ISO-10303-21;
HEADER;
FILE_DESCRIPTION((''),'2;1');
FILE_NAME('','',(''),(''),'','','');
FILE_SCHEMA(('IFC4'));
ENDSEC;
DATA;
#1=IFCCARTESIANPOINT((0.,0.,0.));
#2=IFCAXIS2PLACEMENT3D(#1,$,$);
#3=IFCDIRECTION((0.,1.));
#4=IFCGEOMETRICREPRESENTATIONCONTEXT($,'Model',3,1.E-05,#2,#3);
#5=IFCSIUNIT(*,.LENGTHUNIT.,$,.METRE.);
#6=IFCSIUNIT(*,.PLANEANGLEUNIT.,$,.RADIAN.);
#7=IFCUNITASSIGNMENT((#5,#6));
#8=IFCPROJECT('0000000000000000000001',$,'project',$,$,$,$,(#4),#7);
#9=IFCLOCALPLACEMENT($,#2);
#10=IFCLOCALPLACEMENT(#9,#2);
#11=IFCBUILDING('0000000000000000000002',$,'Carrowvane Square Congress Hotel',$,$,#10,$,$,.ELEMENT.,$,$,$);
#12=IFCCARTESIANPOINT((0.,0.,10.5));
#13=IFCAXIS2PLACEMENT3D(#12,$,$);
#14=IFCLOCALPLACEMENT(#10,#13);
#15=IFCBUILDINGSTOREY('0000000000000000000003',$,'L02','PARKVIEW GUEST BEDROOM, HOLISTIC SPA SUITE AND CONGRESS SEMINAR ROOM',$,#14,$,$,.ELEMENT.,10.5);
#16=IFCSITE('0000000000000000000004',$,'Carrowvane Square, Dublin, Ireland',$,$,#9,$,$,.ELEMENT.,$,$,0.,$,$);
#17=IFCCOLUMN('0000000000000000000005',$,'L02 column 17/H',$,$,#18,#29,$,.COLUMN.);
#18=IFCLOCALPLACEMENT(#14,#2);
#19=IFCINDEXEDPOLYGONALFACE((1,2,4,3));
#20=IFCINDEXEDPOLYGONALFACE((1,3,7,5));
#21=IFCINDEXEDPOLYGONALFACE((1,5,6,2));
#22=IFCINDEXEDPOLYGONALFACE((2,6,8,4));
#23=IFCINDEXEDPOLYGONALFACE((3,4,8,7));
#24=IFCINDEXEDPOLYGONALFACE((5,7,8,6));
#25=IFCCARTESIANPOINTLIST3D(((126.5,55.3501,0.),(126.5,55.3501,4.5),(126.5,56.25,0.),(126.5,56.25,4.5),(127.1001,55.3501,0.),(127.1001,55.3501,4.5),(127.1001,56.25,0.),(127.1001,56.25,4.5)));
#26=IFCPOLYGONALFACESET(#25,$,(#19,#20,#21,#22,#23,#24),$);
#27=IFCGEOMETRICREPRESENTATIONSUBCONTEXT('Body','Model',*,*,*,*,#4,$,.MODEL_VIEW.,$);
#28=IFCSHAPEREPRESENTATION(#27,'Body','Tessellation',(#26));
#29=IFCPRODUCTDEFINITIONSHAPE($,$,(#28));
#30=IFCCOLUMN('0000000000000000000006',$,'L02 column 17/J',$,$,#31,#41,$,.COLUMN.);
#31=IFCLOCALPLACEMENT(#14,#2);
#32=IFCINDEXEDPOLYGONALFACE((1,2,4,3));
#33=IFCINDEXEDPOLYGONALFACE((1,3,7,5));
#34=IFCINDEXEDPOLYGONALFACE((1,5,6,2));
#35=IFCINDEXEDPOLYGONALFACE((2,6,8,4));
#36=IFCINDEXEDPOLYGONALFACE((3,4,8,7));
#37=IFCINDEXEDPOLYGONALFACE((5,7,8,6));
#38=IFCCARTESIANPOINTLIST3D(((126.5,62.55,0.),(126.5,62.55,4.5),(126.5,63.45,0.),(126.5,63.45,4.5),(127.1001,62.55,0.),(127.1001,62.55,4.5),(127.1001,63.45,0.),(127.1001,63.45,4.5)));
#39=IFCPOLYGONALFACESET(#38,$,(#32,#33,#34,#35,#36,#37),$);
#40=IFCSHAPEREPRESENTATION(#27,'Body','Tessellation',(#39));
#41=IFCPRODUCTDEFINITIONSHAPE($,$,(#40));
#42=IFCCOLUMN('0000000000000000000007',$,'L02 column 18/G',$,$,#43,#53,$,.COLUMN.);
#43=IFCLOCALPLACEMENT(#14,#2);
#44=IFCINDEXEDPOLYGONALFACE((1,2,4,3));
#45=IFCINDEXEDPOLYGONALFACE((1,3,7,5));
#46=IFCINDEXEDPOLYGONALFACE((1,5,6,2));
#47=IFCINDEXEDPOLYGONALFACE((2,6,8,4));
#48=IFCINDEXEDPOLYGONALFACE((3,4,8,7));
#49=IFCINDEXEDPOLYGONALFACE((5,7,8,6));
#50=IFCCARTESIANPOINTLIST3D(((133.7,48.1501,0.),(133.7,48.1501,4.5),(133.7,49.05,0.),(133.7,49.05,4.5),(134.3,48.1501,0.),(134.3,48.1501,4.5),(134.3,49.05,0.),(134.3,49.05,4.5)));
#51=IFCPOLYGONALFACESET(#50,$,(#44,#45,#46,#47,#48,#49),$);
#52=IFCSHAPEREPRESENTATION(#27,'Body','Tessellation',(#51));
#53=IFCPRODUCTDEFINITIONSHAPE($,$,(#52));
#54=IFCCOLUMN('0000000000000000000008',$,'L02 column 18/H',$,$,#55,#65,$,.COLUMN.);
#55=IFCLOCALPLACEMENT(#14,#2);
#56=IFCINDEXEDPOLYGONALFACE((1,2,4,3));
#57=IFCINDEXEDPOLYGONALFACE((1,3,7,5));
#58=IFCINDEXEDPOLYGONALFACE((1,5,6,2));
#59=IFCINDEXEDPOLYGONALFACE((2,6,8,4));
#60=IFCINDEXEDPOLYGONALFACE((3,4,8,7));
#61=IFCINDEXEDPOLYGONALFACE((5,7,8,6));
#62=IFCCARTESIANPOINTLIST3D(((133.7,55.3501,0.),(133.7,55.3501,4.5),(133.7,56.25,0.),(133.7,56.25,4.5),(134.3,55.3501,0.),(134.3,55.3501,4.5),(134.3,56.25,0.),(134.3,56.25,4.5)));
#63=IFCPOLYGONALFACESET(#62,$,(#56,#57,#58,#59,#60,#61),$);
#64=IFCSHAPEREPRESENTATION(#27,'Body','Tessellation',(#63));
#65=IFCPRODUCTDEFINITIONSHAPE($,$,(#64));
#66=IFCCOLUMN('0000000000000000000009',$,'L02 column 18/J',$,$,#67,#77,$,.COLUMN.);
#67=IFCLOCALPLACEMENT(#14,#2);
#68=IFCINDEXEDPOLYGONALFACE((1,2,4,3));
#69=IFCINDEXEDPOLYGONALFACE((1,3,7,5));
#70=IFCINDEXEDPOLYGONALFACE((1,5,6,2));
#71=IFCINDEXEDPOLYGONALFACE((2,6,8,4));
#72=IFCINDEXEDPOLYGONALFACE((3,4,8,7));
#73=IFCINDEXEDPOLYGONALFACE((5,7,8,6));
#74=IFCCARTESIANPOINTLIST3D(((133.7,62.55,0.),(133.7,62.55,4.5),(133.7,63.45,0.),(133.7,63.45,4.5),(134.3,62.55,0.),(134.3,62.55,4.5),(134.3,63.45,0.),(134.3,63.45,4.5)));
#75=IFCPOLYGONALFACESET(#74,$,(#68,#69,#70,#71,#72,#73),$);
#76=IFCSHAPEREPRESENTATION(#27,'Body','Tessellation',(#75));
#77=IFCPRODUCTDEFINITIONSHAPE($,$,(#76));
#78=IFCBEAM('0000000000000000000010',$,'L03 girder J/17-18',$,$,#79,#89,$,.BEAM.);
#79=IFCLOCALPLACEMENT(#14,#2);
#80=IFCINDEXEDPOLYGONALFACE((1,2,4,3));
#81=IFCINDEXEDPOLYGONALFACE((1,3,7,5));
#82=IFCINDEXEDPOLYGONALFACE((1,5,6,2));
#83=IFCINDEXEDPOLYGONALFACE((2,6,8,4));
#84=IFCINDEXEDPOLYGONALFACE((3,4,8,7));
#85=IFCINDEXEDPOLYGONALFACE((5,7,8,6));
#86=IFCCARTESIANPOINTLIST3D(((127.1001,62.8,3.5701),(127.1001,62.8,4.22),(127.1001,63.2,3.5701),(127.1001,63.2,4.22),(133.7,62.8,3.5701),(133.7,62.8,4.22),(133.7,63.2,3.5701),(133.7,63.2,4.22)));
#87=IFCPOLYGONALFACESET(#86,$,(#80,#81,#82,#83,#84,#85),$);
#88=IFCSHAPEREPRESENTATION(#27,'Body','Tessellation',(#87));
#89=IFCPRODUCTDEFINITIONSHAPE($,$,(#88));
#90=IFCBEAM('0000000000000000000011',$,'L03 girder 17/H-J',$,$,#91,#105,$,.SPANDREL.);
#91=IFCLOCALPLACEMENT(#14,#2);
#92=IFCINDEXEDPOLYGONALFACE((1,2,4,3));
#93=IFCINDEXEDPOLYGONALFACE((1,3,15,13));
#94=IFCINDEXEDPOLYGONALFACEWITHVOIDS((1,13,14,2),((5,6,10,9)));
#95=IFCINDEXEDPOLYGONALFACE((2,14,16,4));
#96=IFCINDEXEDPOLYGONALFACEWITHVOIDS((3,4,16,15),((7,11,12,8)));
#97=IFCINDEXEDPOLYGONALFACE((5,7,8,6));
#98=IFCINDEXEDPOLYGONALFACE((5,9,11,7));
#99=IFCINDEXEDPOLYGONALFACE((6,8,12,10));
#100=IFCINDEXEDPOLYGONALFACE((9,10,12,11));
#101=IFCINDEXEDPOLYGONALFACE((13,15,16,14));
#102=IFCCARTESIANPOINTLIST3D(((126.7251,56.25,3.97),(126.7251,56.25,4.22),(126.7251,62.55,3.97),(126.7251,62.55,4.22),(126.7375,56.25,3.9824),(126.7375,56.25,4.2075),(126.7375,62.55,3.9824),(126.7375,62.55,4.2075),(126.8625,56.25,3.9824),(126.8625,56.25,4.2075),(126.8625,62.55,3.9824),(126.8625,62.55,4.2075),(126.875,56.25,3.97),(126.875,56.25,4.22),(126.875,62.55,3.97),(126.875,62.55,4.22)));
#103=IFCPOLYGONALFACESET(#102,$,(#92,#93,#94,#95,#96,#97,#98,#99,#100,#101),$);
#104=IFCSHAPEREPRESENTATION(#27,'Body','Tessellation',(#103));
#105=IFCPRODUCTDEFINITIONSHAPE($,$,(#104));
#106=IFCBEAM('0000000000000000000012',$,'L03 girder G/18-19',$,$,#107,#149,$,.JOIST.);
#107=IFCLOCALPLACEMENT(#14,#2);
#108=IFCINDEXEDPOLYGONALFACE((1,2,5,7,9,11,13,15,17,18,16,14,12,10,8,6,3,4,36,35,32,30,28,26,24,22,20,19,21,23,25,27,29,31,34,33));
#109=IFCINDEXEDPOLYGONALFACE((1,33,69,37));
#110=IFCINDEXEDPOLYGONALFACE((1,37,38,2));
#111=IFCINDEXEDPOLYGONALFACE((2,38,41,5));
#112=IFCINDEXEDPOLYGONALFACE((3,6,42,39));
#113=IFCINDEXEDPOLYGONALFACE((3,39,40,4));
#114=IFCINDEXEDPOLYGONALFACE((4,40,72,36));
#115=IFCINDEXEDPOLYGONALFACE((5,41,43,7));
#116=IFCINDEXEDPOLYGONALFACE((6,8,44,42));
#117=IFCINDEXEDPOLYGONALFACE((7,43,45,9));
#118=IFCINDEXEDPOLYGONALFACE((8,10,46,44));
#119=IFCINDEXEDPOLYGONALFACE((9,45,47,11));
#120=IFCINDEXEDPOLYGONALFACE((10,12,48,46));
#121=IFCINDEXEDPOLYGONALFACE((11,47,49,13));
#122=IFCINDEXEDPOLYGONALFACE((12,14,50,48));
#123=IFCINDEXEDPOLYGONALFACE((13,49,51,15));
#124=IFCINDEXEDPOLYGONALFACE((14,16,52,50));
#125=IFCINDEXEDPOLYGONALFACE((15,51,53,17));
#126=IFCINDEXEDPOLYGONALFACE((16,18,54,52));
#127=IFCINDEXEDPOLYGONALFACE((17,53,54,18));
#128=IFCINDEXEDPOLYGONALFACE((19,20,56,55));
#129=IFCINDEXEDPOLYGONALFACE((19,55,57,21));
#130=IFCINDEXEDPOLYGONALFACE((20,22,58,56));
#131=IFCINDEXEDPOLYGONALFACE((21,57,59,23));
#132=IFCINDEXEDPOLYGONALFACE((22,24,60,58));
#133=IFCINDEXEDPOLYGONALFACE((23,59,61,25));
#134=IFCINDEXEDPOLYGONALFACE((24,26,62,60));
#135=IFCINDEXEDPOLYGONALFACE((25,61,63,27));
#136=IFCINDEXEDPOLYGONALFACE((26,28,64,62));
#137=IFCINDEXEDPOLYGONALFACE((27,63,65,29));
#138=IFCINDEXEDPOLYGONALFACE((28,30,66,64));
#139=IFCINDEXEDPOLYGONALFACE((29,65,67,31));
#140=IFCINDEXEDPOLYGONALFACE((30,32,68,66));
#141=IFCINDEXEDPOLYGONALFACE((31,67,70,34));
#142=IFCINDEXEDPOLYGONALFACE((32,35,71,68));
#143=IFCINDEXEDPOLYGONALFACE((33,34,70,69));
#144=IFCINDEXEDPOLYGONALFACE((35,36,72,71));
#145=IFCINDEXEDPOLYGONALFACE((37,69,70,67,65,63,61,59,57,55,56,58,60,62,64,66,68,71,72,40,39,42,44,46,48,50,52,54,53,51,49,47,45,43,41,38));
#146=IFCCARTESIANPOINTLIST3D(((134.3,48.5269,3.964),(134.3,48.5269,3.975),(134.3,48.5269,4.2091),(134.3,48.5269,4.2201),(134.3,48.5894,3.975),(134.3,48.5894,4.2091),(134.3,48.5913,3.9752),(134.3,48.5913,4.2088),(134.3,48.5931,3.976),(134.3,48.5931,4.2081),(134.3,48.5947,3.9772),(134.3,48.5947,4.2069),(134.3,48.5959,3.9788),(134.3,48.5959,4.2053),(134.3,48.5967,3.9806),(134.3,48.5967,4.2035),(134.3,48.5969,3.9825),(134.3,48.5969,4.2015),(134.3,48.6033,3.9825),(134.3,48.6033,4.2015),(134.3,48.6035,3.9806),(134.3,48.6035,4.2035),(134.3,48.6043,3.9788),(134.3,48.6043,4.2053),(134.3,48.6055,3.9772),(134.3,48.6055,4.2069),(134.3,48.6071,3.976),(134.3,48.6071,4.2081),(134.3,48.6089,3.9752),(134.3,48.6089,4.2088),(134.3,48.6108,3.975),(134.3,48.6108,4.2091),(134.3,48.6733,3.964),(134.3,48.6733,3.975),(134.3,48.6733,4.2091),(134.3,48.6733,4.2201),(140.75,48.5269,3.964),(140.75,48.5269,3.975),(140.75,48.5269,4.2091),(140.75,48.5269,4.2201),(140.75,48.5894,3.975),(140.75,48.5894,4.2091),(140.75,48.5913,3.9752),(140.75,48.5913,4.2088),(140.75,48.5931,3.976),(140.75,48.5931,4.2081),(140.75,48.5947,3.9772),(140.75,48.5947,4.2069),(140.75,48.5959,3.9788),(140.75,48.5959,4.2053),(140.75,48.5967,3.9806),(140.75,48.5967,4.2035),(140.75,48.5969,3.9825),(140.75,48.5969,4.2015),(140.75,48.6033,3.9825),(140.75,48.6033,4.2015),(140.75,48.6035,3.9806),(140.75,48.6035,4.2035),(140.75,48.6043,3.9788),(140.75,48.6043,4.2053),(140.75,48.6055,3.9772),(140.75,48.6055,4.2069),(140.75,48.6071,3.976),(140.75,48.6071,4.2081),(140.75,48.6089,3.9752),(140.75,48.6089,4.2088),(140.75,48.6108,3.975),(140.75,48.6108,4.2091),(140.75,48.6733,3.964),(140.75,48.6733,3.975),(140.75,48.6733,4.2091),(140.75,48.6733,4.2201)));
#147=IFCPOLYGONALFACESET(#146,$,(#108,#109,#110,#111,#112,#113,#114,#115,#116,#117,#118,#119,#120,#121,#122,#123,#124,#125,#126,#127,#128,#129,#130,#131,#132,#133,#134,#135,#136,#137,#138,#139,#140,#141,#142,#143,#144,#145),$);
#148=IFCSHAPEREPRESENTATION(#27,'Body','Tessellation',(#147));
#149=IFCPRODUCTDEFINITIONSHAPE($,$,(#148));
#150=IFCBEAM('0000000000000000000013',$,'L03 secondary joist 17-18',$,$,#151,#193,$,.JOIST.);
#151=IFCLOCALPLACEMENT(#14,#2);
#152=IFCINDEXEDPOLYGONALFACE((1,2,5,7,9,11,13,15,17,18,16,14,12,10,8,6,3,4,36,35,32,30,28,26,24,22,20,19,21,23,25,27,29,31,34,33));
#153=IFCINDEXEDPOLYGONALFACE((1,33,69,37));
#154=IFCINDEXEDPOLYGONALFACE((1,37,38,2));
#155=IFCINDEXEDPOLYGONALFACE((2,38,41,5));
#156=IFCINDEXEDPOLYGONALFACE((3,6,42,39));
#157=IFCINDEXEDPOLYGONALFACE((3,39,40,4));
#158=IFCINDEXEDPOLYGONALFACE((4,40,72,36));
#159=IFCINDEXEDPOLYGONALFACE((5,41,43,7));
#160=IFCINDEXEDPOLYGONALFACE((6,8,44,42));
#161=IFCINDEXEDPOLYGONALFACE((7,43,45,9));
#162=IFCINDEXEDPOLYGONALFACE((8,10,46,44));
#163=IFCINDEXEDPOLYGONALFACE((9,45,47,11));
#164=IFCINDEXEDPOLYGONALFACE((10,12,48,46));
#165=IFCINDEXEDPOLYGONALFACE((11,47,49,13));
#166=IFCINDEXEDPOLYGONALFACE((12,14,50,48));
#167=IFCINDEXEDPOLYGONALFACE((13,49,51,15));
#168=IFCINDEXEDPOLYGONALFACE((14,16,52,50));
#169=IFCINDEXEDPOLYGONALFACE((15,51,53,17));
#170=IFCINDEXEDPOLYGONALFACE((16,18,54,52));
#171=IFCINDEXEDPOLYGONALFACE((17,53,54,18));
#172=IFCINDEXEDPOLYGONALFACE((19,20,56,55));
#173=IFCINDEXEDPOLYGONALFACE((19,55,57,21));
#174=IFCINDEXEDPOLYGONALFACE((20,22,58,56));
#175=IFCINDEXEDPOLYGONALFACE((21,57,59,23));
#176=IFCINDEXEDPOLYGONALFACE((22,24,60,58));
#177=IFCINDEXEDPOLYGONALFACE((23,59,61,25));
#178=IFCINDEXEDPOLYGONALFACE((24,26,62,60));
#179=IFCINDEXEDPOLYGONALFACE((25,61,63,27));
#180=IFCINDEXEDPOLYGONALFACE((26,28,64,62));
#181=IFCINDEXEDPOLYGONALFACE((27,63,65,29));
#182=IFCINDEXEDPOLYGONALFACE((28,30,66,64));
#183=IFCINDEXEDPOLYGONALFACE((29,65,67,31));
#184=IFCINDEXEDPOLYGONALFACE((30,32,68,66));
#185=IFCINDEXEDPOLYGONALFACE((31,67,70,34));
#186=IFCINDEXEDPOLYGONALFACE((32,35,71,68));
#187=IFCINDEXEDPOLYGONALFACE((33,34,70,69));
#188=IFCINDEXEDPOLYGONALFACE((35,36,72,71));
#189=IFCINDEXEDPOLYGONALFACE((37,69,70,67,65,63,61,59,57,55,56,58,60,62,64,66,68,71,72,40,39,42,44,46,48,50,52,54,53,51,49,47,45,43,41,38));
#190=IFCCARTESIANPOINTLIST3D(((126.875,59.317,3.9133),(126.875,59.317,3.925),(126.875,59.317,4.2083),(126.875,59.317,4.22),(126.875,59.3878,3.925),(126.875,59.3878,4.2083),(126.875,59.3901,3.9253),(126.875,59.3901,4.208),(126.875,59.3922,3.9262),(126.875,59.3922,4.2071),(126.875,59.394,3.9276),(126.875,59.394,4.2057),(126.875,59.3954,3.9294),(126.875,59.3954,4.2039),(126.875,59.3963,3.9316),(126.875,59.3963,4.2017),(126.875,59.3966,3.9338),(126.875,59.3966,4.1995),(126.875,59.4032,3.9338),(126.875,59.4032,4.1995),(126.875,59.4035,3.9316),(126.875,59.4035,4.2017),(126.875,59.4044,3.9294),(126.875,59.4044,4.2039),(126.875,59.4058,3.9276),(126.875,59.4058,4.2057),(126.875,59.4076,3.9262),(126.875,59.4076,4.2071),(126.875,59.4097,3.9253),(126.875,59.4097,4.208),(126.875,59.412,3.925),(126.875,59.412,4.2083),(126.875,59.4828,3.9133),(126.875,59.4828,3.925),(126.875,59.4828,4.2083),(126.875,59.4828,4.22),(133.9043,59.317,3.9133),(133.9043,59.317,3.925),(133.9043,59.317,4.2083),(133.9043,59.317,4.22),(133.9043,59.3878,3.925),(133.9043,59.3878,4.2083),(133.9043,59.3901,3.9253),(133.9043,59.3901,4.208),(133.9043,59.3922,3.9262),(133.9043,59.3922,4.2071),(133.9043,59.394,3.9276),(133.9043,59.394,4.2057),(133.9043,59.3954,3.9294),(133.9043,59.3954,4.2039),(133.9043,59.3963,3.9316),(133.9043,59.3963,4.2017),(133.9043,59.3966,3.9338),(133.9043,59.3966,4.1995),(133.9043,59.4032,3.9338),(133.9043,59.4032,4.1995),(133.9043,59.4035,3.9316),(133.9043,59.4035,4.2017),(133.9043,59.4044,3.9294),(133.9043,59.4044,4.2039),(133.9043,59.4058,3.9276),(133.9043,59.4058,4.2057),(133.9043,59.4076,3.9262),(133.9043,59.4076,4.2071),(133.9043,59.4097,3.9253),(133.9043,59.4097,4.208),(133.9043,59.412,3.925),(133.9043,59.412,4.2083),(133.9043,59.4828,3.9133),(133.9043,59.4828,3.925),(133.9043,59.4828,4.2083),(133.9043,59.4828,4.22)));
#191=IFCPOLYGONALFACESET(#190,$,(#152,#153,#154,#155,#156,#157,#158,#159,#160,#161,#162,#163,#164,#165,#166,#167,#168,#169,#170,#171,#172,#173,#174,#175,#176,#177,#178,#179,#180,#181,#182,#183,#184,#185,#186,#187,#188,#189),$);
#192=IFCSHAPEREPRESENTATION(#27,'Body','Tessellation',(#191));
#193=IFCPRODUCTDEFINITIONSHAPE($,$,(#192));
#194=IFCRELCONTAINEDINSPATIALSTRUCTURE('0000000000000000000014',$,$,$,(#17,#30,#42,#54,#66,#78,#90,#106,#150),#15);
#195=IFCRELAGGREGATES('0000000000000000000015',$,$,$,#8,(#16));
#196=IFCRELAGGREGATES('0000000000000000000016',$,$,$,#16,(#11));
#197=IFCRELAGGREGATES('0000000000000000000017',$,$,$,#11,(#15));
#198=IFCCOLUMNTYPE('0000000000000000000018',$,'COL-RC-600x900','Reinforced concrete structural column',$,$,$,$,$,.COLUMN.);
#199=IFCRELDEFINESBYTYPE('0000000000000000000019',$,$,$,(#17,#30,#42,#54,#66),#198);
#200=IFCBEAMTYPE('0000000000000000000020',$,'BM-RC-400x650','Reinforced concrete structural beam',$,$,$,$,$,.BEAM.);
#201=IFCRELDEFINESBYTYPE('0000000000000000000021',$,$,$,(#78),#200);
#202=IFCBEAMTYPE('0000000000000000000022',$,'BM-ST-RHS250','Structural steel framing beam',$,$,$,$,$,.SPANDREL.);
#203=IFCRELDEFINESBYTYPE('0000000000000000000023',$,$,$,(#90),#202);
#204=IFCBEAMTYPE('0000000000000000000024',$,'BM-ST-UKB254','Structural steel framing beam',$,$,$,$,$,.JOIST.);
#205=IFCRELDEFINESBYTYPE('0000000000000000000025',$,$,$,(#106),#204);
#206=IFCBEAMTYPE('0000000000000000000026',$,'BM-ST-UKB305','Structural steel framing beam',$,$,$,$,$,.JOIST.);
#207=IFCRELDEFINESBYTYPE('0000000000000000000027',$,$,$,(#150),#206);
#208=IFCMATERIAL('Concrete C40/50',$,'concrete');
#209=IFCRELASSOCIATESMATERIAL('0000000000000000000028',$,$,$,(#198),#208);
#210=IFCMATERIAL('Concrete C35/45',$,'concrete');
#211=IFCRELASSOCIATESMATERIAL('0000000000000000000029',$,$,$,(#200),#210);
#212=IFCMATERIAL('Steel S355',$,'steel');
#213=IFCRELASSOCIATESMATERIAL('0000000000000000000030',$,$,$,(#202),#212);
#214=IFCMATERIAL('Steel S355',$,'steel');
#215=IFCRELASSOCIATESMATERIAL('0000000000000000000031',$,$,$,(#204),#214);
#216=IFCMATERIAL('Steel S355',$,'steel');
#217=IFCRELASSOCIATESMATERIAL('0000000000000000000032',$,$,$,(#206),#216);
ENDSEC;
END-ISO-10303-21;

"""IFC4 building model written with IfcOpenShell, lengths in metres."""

from ifc_helpers import new_model, si_unit, direction, frame, origin, origin_2d, place, context, subcontext, project, spatial, rectangle, hollow_rectangle, i_section, extrude, material, material_profile, profile_set, type_object, element, save


model = new_model("IFC4")

# Units and contexts
model_context = context("Model", 3, precision=1e-05, world=origin(), true_north=direction((0.0, 1.0)))
body_context = subcontext(model_context, "Body", "Model", "MODEL_VIEW")
ifc_project = project(units=[si_unit("LENGTHUNIT", "METRE"), si_unit("PLANEANGLEUNIT", "RADIAN")], contexts=[model_context])

# Site, building, storey
site_placement = place(None, origin())
site = spatial("IfcSite", under=ifc_project, at=site_placement, Name="Carrowvane Square, Dublin, Ireland", CompositionType="ELEMENT", RefElevation=0.0)
building_placement = place(site_placement, origin())
building = spatial("IfcBuilding", under=site, at=building_placement, Name="Carrowvane Square Congress Hotel", CompositionType="ELEMENT")
storey_placement = place(building_placement, frame((0.0, 0.0, 10.5)))
storey = spatial("IfcBuildingStorey", under=building, at=storey_placement, Name="L02", Description="PARKVIEW GUEST BEDROOM, HOLISTIC SPA SUITE AND CONGRESS SEMINAR ROOM", CompositionType="ELEMENT", Elevation=10.5)

# Columns
ifc_material_1 = material(Name="Concrete C40/50", Category="concrete")
ifc_material_profile_1 = material_profile(ifc_material_1, rectangle(XDim=0.6001, YDim=0.8999, at=origin_2d()), Name="RC 600x900")
ifc_profile_set_1 = profile_set([ifc_material_profile_1], Name="Concrete C40/50")
column_type = type_object("IfcColumnType", Name="COL-RC-600x900", Description="Reinforced concrete structural column", PredefinedType="COLUMN", material=ifc_profile_set_1)
for number, where, z_axis, x_axis, name in (
    (1, (126.8, 55.8, 0.0), (0.0, 0.0, 1.0), (1.0, 0.0, 0.0), "L02 column 17/H"),
    (2, (126.8, 63.0, 0.0), (0.0, 0.0, 1.0), (1.0, 0.0, 0.0), "L02 column 17/J"),
    (3, (134.0, 48.6001, 0.0), (0.0, 0.0, 1.0), (1.0, 0.0, 0.0), "L02 column 18/G"),
    (4, (134.0, 55.8, 0.0), (0.0, 0.0, 1.0), (1.0, 0.0, 0.0), "L02 column 18/H"),
    (5, (134.0, 63.0, 0.0), (0.0, 0.0, 1.0), (1.0, 0.0, 0.0), "L02 column 18/J"),
):
    element("IfcColumn", number, at=place(storey_placement, frame(where, z_axis=z_axis, x_axis=x_axis)), inside=storey, type_object=column_type, Name=name, PredefinedType="COLUMN", context=body_context, shape_type="SweptSolid", body=[
        extrude(rectangle(XDim=0.6001, YDim=0.8999, at=origin_2d()), origin(), (0.0, 0.0, 1.0), 4.5),
    ])

# Beams
ifc_material_2 = material(Name="Concrete C35/45", Category="concrete")
ifc_material_profile_2 = material_profile(ifc_material_2, rectangle(XDim=0.3999, YDim=0.6499, at=origin_2d()), Name="RC 400x650")
ifc_profile_set_2 = profile_set([ifc_material_profile_2], Name="Concrete C35/45")
beam_type_1 = type_object("IfcBeamType", Name="BM-RC-400x650", Description="Reinforced concrete structural beam", PredefinedType="BEAM", material=ifc_profile_set_2)
beam_1_placement = place(storey_placement, frame((127.1001, 63.0, 3.895), z_axis=(1.0, 0.0, 0.0), x_axis=(0.0, 1.0, 0.0)))
element("IfcBeam", 6, at=beam_1_placement, inside=storey, type_object=beam_type_1, Name="L03 girder J/17-18", PredefinedType="BEAM", context=body_context, shape_type="SweptSolid", body=[
    extrude(rectangle(XDim=0.3999, YDim=0.6499, at=origin_2d()), origin(), (0.0, 0.0, 1.0), 6.5999),
])
ifc_material_3 = material(Name="Steel S355", Category="steel")
ifc_material_profile_3 = material_profile(ifc_material_3, hollow_rectangle(XDim=0.1499, YDim=0.25, WallThickness=0.0125, at=origin_2d()), Name="RHS 250x150x12.5")
ifc_profile_set_3 = profile_set([ifc_material_profile_3], Name="Steel S355")
beam_type_2 = type_object("IfcBeamType", Name="BM-ST-RHS250", Description="Structural steel framing beam", PredefinedType="SPANDREL", material=ifc_profile_set_3)
beam_2_placement = place(storey_placement, frame((126.8, 56.25, 4.095), z_axis=(0.0, 1.0, 0.0), x_axis=(-1.0, 0.0, 0.0)))
element("IfcBeam", 7, at=beam_2_placement, inside=storey, type_object=beam_type_2, Name="L03 girder 17/H-J", PredefinedType="SPANDREL", context=body_context, shape_type="SweptSolid", body=[
    extrude(hollow_rectangle(XDim=0.1499, YDim=0.25, WallThickness=0.0125, at=origin_2d()), origin(), (0.0, 0.0, 1.0), 6.3),
])
ifc_material_4 = material(Name="Steel S355", Category="steel")
ifc_material_profile_4 = material_profile(ifc_material_4, i_section(OverallWidth=0.1465, OverallDepth=0.2561, WebThickness=0.0063, FlangeThickness=0.011, FilletRadius=0.0076, at=origin_2d()), Name="UKB 254x146x37")
ifc_profile_set_4 = profile_set([ifc_material_profile_4], Name="Steel S355")
beam_type_3 = type_object("IfcBeamType", Name="BM-ST-UKB254", Description="Structural steel framing beam", PredefinedType="JOIST", material=ifc_profile_set_4)
beam_3_placement = place(storey_placement, frame((134.3, 48.6001, 4.092), z_axis=(1.0, 0.0, 0.0), x_axis=(0.0, 1.0, 0.0)))
element("IfcBeam", 8, at=beam_3_placement, inside=storey, type_object=beam_type_3, Name="L03 girder G/18-19", PredefinedType="JOIST", context=body_context, shape_type="SweptSolid", body=[
    extrude(i_section(OverallWidth=0.1465, OverallDepth=0.2561, WebThickness=0.0063, FlangeThickness=0.011, FilletRadius=0.0076, at=origin_2d()), origin(), (0.0, 0.0, 1.0), 6.45),
])
ifc_material_5 = material(Name="Steel S355", Category="steel")
ifc_material_profile_5 = material_profile(ifc_material_5, i_section(OverallWidth=0.1658, OverallDepth=0.3066, WebThickness=0.0066, FlangeThickness=0.0117, FilletRadius=0.0088, at=origin_2d()), Name="UKB 305x165x46")
ifc_profile_set_5 = profile_set([ifc_material_profile_5], Name="Steel S355")
beam_type_4 = type_object("IfcBeamType", Name="BM-ST-UKB305", Description="Structural steel framing beam", PredefinedType="JOIST", material=ifc_profile_set_5)
beam_4_placement = place(storey_placement, frame((126.875, 59.3999, 4.0667), z_axis=(1.0, 0.0, 0.0), x_axis=(0.0, 1.0, 0.0)))
element("IfcBeam", 9, at=beam_4_placement, inside=storey, type_object=beam_type_4, Name="L03 secondary joist 17-18", PredefinedType="JOIST", context=body_context, shape_type="SweptSolid", body=[
    extrude(i_section(OverallWidth=0.1658, OverallDepth=0.3066, WebThickness=0.0066, FlangeThickness=0.0117, FilletRadius=0.0088, at=origin_2d()), origin(), (0.0, 0.0, 1.0), 7.0293),
])

save(model, "model.ifc")
